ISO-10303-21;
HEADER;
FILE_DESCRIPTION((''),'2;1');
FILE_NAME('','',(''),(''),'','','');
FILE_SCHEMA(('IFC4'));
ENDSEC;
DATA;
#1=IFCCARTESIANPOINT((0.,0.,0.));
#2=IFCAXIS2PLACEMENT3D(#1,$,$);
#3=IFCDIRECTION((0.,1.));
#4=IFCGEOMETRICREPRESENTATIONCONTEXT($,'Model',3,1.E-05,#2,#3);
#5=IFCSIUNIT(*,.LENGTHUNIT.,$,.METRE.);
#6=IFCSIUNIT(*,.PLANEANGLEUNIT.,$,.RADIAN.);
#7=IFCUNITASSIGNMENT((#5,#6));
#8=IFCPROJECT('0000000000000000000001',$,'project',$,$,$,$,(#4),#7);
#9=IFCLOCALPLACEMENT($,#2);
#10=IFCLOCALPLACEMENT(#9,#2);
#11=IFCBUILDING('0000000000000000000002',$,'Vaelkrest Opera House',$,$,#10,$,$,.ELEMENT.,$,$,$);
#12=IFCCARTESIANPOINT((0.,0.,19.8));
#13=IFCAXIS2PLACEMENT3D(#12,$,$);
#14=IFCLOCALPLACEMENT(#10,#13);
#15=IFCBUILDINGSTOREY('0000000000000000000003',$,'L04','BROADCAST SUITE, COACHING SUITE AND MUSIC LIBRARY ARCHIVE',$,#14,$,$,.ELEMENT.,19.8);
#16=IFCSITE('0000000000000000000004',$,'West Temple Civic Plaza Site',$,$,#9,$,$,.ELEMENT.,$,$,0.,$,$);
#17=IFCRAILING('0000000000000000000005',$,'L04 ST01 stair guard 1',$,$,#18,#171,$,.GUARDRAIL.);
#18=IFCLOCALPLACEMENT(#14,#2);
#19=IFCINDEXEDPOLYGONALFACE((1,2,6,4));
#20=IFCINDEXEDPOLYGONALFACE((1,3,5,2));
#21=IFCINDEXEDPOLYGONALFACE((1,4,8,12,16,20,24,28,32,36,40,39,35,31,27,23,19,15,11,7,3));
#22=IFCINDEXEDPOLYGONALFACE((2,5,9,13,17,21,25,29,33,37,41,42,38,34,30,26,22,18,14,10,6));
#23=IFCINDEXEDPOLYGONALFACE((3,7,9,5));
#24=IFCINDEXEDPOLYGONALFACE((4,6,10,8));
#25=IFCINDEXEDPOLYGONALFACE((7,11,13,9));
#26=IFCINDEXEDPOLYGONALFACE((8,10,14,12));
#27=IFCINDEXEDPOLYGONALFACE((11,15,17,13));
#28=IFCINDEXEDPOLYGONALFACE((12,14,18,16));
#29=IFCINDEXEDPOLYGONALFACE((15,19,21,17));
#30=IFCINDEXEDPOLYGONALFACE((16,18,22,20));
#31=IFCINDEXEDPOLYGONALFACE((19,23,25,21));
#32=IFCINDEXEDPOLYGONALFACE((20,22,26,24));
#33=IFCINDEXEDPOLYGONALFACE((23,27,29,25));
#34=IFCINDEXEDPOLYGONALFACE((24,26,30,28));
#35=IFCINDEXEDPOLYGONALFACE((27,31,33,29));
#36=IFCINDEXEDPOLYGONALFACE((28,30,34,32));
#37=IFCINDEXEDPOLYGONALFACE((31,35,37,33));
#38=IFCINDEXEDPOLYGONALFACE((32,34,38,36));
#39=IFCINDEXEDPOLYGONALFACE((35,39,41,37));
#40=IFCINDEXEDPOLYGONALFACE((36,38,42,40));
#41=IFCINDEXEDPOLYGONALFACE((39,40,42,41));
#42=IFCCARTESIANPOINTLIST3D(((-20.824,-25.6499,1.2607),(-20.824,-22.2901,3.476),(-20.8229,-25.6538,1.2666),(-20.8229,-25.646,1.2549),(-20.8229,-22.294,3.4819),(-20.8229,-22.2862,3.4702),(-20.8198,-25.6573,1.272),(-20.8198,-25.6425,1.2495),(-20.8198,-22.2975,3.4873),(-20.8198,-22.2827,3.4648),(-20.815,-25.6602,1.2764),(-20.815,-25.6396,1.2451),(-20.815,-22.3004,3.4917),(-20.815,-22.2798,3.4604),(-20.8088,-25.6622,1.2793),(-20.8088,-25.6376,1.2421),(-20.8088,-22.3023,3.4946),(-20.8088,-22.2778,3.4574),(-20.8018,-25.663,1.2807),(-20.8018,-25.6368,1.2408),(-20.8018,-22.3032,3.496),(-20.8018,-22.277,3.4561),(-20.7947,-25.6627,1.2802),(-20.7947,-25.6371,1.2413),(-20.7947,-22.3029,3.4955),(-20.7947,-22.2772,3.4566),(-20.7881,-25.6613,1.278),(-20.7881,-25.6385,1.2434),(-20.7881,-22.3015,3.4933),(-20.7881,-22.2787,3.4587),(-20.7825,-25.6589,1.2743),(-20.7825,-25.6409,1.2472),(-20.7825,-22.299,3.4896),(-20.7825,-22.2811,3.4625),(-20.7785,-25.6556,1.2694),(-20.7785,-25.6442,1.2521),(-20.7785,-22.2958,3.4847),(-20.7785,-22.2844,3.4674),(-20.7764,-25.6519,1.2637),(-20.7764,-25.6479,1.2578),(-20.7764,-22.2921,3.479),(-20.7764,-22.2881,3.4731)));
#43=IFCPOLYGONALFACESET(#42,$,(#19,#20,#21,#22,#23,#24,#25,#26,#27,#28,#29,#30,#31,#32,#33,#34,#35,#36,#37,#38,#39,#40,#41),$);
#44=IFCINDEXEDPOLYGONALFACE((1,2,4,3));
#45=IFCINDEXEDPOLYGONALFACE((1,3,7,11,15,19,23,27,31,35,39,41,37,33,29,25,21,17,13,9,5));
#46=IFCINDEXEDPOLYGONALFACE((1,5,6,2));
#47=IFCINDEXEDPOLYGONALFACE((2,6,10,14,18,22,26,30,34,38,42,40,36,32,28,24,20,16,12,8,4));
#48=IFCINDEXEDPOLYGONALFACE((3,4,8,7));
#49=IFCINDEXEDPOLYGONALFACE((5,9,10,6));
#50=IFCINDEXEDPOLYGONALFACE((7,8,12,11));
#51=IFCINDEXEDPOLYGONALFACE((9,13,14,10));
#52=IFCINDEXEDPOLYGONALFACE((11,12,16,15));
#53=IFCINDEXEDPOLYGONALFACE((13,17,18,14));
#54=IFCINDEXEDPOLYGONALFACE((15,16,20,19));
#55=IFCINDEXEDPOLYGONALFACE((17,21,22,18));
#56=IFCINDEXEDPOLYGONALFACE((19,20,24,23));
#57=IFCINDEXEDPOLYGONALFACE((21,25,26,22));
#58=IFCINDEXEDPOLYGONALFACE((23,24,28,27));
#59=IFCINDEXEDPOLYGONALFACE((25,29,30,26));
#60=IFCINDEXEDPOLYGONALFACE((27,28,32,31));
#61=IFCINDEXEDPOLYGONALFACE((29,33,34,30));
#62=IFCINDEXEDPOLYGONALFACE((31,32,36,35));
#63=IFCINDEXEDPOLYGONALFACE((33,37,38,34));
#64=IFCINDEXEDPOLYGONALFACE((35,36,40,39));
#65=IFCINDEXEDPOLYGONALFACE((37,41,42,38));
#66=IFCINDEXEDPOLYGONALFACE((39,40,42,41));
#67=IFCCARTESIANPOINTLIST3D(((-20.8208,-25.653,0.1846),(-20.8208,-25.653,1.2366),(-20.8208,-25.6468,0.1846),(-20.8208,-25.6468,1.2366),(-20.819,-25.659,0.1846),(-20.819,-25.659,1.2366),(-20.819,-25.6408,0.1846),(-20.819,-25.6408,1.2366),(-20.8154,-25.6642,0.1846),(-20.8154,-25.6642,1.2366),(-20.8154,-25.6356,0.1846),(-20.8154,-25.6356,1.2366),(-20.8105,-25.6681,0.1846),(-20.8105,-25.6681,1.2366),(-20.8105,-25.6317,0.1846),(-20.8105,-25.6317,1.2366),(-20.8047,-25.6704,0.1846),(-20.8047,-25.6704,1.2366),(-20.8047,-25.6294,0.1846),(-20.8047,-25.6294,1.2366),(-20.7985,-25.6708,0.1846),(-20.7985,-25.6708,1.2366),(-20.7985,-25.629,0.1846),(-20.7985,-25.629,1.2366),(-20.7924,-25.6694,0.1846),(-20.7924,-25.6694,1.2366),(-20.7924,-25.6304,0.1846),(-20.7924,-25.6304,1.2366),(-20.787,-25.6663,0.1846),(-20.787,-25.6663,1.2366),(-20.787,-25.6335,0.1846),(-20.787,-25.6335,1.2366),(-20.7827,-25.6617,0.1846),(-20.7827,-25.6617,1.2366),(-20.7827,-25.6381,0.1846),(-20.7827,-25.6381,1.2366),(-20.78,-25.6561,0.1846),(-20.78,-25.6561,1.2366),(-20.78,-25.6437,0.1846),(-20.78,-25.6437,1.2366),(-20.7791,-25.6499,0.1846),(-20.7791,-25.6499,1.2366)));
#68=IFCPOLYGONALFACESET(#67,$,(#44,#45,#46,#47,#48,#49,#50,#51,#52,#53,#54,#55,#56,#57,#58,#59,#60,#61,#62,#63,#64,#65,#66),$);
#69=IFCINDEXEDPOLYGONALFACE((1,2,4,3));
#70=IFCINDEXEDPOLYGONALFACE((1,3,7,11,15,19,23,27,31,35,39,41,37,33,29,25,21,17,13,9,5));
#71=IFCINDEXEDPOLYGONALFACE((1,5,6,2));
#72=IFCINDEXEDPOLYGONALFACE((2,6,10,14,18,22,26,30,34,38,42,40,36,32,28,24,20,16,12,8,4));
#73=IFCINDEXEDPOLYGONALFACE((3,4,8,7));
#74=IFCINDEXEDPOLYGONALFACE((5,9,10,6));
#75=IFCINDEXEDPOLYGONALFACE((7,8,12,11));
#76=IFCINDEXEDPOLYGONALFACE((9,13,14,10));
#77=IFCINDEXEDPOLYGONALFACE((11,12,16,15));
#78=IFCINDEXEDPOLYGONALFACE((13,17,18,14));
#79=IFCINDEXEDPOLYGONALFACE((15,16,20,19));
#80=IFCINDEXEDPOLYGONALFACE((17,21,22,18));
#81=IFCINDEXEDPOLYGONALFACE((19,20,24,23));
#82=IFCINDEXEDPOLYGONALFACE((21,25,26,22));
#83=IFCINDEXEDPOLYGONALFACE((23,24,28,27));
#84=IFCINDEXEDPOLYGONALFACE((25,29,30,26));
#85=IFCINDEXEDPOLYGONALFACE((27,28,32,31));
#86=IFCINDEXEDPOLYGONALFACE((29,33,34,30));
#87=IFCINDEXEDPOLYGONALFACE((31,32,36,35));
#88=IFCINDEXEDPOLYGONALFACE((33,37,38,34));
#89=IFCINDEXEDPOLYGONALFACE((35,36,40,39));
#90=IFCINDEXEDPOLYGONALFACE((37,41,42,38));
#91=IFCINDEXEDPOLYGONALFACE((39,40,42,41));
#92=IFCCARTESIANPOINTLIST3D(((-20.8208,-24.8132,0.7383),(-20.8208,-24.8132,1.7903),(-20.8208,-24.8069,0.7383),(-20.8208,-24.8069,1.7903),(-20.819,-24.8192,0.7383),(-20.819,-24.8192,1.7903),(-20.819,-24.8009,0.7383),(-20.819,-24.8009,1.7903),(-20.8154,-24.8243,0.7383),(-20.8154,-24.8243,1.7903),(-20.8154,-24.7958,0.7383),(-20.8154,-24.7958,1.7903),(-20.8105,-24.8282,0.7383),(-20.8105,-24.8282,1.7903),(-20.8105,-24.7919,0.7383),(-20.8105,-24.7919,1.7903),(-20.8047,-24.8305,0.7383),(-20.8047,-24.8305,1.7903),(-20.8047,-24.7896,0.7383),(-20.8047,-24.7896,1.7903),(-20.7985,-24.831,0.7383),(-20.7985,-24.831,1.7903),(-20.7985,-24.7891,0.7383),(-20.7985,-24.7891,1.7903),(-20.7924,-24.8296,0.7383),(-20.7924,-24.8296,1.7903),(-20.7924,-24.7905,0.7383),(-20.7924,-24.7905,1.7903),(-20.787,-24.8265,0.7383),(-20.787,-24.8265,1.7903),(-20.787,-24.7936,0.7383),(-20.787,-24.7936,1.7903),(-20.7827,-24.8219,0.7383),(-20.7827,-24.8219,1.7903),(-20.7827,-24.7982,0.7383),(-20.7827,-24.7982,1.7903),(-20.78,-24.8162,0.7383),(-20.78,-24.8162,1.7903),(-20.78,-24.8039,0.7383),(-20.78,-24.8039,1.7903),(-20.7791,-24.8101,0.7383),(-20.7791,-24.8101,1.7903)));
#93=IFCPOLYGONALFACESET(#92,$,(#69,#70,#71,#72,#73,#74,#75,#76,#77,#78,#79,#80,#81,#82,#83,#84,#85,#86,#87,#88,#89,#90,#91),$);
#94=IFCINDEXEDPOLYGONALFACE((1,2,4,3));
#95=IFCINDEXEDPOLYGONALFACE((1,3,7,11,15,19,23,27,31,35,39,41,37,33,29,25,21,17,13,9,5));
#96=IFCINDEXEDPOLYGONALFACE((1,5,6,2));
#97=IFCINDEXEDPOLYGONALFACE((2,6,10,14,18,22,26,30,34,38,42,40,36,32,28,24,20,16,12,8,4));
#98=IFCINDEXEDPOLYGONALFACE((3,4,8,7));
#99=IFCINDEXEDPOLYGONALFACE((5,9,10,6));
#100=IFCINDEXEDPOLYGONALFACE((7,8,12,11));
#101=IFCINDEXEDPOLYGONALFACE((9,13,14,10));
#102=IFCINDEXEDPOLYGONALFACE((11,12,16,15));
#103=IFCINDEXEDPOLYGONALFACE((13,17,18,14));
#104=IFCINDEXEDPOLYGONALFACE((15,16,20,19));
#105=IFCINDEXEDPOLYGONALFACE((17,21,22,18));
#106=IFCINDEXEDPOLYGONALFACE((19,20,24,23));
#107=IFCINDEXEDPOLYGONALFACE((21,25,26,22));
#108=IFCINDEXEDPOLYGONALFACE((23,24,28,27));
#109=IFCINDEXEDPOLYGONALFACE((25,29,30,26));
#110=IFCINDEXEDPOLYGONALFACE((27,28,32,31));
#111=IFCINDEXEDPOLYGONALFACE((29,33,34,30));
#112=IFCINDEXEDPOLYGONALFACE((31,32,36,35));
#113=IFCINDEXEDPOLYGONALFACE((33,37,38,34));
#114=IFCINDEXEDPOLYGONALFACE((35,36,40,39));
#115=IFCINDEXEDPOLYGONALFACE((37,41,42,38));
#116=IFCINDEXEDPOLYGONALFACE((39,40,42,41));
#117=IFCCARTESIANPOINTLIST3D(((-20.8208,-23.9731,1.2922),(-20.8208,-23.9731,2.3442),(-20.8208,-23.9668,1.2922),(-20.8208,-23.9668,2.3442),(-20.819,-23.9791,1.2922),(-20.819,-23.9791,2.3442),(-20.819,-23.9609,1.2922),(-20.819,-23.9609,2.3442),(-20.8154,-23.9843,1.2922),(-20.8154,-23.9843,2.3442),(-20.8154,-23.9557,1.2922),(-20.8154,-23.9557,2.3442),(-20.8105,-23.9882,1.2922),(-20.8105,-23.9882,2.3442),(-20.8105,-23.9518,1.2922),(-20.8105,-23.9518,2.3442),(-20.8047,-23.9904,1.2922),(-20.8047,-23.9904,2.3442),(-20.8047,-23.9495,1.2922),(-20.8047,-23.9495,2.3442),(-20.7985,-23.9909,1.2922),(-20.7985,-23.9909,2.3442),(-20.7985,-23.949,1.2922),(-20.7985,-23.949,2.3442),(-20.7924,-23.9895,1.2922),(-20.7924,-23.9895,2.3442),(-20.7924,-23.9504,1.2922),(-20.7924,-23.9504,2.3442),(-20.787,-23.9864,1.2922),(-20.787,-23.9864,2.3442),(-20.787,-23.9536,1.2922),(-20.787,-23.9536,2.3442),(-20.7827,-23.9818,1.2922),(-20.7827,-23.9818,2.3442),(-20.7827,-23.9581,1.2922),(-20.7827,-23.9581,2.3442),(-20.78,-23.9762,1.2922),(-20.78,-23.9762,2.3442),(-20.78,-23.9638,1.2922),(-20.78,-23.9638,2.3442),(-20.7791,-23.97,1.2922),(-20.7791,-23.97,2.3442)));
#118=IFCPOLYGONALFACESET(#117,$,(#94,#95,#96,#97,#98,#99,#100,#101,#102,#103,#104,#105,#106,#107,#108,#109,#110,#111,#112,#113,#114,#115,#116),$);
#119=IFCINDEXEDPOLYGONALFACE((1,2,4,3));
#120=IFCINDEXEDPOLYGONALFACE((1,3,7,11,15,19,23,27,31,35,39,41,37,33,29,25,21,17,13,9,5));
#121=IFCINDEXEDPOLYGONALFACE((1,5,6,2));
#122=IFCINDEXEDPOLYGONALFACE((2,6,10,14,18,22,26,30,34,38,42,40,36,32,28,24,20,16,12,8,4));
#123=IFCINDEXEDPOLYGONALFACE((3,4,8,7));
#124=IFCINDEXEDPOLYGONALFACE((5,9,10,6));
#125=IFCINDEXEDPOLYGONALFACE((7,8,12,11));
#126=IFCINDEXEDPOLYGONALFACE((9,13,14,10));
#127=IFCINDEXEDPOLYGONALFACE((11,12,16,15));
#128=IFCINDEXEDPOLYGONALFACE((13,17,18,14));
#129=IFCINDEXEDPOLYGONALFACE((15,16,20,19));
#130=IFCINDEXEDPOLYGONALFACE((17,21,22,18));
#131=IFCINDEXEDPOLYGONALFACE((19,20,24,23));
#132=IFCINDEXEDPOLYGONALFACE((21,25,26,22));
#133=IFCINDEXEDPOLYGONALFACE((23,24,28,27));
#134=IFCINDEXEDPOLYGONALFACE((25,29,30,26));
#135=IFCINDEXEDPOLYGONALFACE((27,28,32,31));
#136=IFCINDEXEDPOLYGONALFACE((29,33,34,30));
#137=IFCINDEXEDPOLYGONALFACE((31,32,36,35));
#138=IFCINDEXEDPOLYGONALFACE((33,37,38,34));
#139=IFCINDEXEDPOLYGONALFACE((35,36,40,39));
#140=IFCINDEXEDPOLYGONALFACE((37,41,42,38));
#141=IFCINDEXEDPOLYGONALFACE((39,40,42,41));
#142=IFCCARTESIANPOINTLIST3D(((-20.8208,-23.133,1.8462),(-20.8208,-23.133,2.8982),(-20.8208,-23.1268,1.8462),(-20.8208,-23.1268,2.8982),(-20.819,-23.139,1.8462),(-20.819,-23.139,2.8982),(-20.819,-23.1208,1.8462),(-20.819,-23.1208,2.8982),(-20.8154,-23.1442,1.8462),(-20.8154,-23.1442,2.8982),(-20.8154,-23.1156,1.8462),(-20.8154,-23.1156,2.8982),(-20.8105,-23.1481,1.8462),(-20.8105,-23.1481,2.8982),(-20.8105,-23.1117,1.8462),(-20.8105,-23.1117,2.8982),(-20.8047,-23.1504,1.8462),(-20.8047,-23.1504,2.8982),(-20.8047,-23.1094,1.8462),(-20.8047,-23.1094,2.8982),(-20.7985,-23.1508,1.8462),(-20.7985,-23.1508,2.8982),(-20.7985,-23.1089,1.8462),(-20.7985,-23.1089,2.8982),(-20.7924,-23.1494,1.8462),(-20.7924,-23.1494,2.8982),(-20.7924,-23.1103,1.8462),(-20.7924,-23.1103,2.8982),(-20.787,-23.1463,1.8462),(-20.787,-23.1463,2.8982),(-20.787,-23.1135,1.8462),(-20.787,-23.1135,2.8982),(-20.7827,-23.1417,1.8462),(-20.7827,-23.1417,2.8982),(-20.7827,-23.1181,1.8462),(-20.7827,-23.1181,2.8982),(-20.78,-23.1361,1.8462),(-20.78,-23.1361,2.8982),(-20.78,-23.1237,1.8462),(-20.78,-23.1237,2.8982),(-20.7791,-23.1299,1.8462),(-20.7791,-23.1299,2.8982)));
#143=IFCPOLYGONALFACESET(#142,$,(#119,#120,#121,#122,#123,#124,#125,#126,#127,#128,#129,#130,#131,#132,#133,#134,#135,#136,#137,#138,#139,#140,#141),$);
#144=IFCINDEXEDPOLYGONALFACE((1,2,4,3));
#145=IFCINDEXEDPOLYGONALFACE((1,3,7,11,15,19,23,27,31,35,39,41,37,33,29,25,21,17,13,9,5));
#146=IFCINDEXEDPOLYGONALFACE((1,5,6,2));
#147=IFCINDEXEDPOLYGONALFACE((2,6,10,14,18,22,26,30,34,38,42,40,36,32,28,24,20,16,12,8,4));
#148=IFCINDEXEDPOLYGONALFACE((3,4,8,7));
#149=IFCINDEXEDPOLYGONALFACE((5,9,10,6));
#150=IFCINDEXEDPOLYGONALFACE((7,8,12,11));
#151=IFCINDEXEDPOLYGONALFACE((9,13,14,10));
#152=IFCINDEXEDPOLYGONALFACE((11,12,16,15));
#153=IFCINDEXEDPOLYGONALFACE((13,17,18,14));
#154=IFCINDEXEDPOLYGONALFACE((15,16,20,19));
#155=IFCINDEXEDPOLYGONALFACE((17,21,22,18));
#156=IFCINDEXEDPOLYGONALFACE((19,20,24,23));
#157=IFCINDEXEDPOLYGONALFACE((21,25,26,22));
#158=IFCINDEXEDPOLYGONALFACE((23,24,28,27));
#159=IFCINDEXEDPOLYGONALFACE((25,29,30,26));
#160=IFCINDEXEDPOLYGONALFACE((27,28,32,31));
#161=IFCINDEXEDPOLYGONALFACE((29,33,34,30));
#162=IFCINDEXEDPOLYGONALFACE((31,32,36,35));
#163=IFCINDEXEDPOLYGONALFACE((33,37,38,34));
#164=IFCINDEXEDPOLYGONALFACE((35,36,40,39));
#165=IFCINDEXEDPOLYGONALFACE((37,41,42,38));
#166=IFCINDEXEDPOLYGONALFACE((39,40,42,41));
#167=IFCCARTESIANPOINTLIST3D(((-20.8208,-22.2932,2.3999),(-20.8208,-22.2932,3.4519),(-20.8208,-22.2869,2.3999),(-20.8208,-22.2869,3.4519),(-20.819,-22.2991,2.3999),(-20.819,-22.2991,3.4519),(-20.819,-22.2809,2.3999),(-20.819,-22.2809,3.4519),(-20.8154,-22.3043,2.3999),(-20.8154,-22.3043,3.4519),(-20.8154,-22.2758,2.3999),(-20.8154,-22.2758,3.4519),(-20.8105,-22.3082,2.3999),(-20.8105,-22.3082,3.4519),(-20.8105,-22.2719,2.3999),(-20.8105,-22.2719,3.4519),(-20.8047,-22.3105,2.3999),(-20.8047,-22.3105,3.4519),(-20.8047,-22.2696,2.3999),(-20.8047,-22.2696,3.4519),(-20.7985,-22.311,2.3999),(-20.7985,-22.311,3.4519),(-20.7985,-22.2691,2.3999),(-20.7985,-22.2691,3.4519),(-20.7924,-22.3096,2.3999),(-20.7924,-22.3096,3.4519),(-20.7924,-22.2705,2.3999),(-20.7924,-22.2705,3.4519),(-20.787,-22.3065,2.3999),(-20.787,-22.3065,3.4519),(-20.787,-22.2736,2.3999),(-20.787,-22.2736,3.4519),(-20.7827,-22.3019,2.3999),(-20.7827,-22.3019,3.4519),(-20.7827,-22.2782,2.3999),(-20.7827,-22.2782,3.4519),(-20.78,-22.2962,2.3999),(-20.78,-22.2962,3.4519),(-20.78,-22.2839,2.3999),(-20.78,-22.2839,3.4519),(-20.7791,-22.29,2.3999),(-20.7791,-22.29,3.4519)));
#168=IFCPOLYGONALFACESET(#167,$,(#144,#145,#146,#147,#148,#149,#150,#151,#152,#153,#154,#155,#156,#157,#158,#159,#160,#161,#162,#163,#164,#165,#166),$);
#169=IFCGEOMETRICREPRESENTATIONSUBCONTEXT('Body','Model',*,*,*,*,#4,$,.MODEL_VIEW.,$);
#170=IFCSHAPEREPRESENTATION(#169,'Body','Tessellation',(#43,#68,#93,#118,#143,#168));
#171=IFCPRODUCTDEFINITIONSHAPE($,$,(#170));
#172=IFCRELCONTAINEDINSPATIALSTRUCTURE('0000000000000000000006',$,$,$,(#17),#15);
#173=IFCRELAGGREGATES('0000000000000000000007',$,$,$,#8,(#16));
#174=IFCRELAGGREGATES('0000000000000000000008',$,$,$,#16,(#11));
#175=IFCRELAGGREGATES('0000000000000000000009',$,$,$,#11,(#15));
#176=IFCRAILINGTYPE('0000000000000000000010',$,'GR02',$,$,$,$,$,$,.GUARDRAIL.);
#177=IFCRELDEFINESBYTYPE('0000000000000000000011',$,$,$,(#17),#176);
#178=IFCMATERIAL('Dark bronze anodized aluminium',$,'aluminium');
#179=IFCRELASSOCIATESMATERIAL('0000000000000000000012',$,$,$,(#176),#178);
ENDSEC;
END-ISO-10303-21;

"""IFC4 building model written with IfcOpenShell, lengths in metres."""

from ifc_helpers import new_model, si_unit, direction, frame, origin, origin_2d, place, context, subcontext, project, spatial, circle, extrude, material, type_object, element, save


model = new_model("IFC4")

# Units and contexts
model_context = context("Model", 3, precision=1e-05, world=origin(), true_north=direction((0.0, 1.0)))
body_context = subcontext(model_context, "Body", "Model", "MODEL_VIEW")
ifc_project = project(units=[si_unit("LENGTHUNIT", "METRE"), si_unit("PLANEANGLEUNIT", "RADIAN")], contexts=[model_context])

# Site, building, storey
site_placement = place(None, origin())
site = spatial("IfcSite", under=ifc_project, at=site_placement, Name="West Temple Civic Plaza Site", CompositionType="ELEMENT", RefElevation=0.0)
building_placement = place(site_placement, origin())
building = spatial("IfcBuilding", under=site, at=building_placement, Name="Vaelkrest Opera House", CompositionType="ELEMENT")
storey_placement = place(building_placement, frame((0.0, 0.0, 19.8)))
storey = spatial("IfcBuildingStorey", under=building, at=storey_placement, Name="L04", Description="BROADCAST SUITE, COACHING SUITE AND MUSIC LIBRARY ARCHIVE", CompositionType="ELEMENT", Elevation=19.8)

# Shared definitions
ifc_material_1 = material(Name="Dark bronze anodized aluminium", Category="aluminium")

# Railing
railing_type_1 = type_object("IfcRailingType", Name="GR02", PredefinedType="GUARDRAIL", material=ifc_material_1)
railing_1_placement = place(storey_placement, frame((-20.8, -25.6499, 0.1846)))
element("IfcRailing", 1, at=railing_1_placement, inside=storey, type_object=railing_type_1, Name="L04 ST01 stair guard 1", PredefinedType="GUARDRAIL", context=body_context, shape_type="SweptSolid", body=[
    extrude(circle(Radius=0.0239, at=origin_2d()), frame((0.0, 0.0, 1.0762), z_axis=(0.0, 0.834858, 0.550465), x_axis=(-1.0, 0.0, 0.0)), (0.0, 0.0, 1.0), 4.0244),
    extrude(circle(Radius=0.021, at=origin_2d()), origin(), (0.0, 0.0, 1.0), 1.052),
    extrude(circle(Radius=0.021, at=origin_2d()), frame((0.0, 0.8398, 0.5537)), (0.0, 0.0, 1.0), 1.052),
    extrude(circle(Radius=0.021, at=origin_2d()), frame((0.0, 1.6799, 1.1077)), (0.0, 0.0, 1.0), 1.052),
    extrude(circle(Radius=0.021, at=origin_2d()), frame((0.0, 2.52, 1.6616)), (0.0, 0.0, 1.0), 1.052),
    extrude(circle(Radius=0.021, at=origin_2d()), frame((0.0, 3.3599, 2.2153)), (0.0, 0.0, 1.0), 1.052),
])

save(model, "model.ifc")
